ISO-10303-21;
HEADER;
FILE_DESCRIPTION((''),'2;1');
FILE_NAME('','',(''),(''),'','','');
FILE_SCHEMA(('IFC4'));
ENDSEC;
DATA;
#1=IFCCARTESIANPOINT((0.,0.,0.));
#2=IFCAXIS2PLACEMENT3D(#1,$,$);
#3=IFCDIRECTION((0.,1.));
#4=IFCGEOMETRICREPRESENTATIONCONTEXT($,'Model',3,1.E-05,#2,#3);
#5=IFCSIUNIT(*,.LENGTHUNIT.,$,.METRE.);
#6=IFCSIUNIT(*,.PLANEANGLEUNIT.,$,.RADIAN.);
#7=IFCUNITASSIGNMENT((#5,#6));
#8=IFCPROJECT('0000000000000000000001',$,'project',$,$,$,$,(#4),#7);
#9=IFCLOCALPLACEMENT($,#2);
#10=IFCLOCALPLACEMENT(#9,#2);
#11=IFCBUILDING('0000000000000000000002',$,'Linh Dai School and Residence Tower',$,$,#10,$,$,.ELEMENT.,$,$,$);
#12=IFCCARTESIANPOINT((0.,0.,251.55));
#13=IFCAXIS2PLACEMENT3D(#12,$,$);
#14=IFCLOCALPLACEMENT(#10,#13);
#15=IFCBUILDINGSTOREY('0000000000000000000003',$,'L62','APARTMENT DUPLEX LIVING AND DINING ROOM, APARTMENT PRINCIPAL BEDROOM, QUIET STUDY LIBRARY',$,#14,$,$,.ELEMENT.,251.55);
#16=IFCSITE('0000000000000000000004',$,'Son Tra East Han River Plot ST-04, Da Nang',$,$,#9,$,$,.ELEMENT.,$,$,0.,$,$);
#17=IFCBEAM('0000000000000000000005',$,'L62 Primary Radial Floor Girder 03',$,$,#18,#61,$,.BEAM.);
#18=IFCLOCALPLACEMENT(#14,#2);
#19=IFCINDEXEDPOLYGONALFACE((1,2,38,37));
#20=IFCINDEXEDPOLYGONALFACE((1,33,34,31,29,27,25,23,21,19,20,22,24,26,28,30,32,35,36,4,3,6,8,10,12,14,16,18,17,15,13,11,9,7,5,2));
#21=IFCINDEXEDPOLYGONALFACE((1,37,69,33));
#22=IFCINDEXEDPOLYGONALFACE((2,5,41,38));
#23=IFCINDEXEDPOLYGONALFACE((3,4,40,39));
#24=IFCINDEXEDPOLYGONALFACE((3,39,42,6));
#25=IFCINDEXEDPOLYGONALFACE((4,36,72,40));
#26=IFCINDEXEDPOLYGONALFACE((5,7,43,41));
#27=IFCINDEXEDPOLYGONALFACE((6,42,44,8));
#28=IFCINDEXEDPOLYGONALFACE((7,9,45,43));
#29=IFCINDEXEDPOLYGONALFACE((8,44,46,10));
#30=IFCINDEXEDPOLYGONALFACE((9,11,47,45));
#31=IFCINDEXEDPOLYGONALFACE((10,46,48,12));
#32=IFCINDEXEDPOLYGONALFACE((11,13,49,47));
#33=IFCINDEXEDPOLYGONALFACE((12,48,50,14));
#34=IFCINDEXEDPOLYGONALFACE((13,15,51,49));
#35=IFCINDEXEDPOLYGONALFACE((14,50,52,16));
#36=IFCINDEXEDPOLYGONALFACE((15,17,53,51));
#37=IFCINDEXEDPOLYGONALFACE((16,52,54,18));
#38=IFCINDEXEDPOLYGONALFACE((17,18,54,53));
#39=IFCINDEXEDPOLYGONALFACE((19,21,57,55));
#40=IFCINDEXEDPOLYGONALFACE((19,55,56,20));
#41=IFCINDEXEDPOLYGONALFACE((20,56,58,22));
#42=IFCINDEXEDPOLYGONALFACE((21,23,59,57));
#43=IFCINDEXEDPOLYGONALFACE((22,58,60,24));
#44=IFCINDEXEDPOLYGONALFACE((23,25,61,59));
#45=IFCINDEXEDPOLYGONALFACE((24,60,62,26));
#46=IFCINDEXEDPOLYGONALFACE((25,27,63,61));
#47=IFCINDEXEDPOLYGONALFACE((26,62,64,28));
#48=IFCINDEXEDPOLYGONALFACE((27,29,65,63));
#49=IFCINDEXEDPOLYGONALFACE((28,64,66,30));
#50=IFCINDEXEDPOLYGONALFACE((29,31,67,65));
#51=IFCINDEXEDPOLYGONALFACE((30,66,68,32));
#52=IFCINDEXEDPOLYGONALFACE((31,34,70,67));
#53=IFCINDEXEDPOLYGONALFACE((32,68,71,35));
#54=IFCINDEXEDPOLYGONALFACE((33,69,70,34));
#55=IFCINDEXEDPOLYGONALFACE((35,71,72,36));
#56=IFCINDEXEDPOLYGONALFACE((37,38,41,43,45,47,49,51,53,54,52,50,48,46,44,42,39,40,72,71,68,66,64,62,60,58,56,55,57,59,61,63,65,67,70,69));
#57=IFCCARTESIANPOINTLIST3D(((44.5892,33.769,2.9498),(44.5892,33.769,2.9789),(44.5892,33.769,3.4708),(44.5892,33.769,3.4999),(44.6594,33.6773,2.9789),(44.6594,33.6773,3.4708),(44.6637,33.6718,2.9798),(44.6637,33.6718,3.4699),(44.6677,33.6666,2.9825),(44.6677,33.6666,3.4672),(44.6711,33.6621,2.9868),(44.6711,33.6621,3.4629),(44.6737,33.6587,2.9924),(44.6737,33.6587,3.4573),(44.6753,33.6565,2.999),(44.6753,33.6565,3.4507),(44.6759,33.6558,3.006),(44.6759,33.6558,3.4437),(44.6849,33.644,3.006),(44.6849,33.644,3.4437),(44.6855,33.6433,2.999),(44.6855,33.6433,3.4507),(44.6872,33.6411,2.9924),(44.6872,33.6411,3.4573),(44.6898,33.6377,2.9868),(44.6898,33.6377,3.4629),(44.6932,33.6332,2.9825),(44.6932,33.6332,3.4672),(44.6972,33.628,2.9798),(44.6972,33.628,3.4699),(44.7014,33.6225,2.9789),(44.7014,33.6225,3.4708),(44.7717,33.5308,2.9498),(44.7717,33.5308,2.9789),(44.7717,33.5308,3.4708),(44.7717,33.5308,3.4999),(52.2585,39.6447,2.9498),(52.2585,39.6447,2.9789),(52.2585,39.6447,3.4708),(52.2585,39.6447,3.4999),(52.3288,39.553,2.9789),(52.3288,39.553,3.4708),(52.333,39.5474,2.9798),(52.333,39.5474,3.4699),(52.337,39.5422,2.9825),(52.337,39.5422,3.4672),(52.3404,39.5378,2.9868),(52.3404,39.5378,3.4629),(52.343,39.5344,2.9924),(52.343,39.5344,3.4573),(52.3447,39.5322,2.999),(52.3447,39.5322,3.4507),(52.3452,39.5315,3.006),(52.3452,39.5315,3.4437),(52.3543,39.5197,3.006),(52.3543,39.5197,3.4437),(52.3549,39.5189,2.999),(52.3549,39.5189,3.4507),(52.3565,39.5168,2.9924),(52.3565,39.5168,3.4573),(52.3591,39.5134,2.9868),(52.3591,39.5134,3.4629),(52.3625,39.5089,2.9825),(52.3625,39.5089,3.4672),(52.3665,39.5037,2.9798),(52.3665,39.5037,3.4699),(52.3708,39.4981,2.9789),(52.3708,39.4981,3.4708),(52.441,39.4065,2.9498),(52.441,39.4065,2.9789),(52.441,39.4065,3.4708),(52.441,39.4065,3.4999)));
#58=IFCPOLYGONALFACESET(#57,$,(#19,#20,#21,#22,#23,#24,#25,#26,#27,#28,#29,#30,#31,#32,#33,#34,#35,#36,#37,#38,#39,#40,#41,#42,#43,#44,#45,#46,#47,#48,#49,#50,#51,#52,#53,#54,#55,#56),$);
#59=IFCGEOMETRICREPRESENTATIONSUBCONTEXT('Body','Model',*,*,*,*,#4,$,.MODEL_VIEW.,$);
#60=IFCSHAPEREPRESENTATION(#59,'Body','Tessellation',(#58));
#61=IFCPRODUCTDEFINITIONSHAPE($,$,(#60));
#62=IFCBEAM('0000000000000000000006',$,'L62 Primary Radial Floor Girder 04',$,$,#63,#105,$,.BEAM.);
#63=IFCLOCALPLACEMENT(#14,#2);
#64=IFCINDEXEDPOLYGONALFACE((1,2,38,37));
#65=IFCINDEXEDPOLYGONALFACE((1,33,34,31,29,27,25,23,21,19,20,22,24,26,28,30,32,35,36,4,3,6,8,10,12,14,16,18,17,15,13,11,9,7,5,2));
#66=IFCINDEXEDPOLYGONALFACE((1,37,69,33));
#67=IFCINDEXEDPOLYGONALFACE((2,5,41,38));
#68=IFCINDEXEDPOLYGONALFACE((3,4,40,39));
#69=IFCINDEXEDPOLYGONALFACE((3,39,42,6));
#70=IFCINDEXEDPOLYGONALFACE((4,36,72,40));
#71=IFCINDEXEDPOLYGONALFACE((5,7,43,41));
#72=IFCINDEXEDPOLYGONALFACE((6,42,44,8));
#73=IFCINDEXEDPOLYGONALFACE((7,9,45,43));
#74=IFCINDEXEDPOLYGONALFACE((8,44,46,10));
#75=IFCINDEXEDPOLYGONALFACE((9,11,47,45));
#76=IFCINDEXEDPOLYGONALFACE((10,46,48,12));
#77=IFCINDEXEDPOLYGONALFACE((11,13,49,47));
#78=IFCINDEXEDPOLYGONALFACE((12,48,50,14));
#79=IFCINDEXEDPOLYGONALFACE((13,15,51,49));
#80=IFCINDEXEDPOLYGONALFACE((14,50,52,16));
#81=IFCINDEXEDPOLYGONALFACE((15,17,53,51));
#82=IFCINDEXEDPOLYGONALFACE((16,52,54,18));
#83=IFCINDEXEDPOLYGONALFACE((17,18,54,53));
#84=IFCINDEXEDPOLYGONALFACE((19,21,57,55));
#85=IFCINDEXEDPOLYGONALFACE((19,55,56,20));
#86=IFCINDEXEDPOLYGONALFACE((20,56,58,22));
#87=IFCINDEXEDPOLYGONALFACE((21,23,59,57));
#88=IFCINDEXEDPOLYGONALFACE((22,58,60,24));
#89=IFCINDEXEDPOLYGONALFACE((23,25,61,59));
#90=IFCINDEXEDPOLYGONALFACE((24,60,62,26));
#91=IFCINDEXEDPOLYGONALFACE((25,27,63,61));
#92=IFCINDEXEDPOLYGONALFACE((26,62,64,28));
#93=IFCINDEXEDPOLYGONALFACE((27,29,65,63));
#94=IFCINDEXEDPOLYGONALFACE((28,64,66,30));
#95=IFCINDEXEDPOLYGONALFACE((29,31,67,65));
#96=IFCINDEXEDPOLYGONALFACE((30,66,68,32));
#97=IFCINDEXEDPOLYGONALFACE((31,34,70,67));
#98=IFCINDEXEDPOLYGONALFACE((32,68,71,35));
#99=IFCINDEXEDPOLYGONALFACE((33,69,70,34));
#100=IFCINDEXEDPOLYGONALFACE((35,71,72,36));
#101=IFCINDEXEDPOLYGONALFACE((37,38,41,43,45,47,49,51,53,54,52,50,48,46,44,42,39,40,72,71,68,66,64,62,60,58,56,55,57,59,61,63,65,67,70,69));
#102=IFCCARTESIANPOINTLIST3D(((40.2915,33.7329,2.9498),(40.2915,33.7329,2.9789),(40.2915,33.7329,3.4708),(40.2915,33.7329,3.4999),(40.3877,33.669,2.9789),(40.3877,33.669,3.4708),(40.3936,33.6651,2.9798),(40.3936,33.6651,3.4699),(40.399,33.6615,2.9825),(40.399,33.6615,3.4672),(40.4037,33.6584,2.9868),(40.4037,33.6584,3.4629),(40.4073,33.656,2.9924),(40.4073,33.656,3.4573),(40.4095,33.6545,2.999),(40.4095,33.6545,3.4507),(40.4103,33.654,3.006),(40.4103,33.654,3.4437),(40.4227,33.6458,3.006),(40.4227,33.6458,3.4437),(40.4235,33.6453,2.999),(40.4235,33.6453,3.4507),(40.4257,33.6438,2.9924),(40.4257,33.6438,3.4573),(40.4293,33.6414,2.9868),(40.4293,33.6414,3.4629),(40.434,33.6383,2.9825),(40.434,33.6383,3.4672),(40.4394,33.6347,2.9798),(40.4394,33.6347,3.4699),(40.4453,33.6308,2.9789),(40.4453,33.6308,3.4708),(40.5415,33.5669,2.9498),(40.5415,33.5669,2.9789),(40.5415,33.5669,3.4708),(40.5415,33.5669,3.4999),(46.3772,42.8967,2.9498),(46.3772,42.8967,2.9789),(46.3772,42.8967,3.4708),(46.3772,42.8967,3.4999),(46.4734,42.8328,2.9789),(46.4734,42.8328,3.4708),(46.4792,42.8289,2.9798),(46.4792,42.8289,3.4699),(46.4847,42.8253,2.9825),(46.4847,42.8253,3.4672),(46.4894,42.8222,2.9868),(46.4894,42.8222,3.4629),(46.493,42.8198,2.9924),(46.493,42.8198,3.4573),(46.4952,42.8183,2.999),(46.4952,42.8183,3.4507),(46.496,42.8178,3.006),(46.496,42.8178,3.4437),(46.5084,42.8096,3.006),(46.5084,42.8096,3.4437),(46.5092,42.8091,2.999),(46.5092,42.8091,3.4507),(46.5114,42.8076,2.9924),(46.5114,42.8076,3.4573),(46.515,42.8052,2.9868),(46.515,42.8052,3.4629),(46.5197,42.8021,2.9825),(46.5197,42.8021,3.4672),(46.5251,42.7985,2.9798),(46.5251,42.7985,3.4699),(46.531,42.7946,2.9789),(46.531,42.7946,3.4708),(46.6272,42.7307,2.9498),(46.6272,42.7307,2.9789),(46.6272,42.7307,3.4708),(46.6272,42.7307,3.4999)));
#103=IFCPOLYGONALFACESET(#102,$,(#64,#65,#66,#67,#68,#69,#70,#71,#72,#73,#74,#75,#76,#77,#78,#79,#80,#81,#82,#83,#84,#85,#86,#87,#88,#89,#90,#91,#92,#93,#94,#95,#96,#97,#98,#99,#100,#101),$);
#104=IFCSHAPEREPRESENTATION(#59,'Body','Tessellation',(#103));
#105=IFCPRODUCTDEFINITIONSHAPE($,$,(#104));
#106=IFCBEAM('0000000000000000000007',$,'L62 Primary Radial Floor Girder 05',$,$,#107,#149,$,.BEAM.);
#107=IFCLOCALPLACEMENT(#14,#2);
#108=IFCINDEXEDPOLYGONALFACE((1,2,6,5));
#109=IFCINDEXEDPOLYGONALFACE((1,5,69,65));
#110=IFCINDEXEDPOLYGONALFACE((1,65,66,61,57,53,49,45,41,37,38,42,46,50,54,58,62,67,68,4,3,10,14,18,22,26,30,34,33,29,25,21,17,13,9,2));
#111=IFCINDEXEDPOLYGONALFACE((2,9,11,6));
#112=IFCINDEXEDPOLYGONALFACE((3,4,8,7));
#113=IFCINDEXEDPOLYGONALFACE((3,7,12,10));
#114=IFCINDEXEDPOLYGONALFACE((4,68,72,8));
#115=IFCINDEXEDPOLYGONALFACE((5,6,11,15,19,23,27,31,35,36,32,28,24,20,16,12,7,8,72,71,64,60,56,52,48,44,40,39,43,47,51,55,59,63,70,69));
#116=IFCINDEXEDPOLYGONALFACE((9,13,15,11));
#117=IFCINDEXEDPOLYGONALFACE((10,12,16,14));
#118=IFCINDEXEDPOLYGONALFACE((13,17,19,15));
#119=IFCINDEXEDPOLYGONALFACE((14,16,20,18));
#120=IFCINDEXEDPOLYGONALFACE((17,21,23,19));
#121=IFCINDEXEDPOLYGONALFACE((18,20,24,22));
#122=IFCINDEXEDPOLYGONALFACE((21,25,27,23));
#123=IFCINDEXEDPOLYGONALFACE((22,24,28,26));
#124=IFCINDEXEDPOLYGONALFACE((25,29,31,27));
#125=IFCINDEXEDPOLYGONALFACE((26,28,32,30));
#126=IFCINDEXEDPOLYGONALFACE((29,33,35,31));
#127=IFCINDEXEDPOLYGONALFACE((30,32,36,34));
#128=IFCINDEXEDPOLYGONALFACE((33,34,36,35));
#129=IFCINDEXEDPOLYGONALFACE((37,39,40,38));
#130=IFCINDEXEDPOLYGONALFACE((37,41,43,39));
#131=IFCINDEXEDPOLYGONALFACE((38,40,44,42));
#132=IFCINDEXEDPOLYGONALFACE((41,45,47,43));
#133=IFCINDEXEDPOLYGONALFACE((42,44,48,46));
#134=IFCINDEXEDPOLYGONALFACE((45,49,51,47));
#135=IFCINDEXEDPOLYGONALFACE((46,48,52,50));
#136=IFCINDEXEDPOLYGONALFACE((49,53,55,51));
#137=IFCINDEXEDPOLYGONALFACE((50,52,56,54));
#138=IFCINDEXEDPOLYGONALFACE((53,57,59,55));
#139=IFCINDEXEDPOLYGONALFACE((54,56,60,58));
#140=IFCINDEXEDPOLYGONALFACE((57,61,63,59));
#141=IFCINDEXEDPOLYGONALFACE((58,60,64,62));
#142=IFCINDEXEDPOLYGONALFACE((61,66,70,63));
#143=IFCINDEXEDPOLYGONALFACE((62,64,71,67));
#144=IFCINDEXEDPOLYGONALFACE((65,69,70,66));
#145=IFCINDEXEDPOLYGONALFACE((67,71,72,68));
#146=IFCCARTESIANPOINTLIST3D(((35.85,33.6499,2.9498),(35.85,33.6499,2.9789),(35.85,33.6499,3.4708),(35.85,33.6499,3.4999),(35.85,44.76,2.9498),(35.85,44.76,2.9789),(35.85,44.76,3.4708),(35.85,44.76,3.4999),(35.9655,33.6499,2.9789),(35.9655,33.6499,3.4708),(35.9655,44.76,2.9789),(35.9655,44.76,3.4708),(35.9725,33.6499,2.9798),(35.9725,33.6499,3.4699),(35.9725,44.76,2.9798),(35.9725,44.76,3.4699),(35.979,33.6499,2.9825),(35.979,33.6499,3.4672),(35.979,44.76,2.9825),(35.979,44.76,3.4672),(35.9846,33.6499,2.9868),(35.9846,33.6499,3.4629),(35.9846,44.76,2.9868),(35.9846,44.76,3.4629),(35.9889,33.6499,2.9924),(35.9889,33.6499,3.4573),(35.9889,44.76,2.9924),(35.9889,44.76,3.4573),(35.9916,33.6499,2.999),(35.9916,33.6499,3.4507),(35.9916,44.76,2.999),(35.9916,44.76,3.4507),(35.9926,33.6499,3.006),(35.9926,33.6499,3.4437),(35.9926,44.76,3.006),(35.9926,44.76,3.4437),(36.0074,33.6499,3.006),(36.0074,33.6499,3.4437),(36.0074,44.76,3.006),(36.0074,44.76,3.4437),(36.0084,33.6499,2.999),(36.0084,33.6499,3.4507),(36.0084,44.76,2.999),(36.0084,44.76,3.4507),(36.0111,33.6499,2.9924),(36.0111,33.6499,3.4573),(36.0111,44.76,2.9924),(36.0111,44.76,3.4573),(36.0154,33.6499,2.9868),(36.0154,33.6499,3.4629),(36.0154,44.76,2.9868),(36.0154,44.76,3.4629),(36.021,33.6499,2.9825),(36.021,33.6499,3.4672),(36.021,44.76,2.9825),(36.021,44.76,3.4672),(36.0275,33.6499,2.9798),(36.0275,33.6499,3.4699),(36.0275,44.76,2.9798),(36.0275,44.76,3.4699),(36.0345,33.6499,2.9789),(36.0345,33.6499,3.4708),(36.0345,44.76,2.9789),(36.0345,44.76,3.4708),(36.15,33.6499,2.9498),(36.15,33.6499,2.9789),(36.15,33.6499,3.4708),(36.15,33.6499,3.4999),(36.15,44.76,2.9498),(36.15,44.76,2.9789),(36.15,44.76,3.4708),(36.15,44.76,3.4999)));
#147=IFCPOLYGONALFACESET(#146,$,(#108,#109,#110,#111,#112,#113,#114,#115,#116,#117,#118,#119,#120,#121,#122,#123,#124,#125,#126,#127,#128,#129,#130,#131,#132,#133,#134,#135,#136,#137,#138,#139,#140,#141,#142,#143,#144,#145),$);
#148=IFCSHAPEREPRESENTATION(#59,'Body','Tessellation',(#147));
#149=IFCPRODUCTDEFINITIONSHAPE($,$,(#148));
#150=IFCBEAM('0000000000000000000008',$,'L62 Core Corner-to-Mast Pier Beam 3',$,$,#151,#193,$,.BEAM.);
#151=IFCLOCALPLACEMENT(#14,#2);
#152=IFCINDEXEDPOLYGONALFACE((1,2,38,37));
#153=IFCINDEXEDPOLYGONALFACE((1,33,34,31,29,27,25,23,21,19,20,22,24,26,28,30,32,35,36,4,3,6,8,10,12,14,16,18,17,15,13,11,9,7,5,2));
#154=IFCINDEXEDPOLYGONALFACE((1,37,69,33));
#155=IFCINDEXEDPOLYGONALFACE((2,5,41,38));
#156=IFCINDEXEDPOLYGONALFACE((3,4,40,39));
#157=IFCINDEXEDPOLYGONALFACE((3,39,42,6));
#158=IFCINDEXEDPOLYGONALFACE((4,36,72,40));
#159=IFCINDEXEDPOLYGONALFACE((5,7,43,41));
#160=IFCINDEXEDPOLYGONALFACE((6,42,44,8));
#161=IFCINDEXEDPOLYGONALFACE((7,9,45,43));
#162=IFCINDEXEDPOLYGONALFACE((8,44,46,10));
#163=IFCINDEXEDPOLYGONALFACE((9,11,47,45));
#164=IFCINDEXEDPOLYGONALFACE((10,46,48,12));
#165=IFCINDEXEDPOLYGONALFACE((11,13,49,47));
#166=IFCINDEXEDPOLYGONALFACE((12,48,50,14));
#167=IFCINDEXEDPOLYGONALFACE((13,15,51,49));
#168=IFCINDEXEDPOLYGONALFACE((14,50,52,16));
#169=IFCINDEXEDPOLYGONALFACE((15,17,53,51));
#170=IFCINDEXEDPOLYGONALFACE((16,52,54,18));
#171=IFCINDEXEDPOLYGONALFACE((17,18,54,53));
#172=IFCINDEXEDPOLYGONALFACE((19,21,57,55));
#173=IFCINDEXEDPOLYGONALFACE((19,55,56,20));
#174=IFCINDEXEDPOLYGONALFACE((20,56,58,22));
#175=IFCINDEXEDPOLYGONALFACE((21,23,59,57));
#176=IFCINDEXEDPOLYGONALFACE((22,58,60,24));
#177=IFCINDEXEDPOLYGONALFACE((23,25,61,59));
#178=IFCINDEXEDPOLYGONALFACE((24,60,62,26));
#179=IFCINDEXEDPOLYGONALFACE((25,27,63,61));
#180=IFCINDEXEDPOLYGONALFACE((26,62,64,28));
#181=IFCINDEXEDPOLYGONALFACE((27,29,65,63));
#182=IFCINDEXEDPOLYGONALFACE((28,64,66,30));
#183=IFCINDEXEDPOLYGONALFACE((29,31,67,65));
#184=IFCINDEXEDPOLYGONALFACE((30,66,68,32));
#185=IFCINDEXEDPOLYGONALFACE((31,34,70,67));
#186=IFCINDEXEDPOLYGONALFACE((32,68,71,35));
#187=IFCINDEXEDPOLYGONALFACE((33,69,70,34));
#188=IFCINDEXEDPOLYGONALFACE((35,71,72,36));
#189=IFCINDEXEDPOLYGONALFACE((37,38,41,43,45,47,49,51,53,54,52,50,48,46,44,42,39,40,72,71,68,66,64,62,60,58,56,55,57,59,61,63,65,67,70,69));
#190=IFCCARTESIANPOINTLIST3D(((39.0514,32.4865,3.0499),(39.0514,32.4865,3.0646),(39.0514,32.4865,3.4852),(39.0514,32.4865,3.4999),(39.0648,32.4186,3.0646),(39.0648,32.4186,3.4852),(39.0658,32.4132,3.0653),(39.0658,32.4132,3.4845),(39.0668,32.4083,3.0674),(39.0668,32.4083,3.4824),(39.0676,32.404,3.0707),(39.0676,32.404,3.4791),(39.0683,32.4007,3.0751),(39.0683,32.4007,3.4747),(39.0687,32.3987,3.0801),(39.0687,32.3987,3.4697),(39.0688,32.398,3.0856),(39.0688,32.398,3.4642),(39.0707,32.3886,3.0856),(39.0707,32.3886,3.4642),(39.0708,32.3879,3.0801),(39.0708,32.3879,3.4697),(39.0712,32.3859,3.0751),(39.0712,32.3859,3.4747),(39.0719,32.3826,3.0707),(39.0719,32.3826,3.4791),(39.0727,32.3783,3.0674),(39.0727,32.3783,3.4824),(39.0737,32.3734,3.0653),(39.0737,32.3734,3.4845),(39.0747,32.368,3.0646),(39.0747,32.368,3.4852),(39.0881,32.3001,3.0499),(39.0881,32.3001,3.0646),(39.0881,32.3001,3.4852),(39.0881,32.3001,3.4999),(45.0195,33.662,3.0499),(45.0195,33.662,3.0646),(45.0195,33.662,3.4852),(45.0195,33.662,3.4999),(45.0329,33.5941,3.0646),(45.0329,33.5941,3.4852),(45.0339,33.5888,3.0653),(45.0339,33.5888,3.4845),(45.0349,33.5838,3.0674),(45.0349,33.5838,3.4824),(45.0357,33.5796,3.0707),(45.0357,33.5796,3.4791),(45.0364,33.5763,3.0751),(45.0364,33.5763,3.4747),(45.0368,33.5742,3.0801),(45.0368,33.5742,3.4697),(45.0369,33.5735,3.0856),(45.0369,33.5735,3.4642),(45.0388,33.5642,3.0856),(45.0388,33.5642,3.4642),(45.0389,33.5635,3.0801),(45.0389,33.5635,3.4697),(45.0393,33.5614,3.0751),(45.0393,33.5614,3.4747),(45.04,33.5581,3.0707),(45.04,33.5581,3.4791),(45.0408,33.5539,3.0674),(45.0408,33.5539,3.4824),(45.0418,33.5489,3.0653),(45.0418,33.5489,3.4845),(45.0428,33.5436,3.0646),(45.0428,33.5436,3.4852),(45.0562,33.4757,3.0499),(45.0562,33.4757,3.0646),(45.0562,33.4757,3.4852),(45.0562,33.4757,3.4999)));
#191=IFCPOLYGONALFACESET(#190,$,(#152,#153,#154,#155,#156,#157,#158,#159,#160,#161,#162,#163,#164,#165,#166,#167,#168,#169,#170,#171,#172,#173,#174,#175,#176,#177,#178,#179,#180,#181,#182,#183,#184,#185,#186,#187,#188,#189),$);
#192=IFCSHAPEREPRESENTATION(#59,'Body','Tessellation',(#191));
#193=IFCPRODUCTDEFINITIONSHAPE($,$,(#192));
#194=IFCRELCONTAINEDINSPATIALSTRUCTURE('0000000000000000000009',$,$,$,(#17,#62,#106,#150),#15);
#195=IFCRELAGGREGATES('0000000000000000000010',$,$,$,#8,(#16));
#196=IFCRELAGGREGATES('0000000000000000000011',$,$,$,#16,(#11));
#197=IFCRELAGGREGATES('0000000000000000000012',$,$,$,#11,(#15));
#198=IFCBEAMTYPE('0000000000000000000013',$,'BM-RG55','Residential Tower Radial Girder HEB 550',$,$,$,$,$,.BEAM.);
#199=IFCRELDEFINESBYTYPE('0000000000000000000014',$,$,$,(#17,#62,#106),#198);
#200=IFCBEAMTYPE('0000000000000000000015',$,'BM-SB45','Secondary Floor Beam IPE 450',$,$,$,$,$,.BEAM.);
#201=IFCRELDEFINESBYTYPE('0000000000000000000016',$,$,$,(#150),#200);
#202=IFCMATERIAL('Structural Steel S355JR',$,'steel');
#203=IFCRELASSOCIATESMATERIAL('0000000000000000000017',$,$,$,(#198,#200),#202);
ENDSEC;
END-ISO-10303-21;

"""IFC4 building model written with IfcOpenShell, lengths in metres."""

from ifc_helpers import new_model, si_unit, direction, frame, origin, origin_2d, place, context, subcontext, project, spatial, i_section, extrude, material, material_profile, profile_set, type_object, element, save


model = new_model("IFC4")

# Units and contexts
model_context = context("Model", 3, precision=1e-05, world=origin(), true_north=direction((0.0, 1.0)))
body_context = subcontext(model_context, "Body", "Model", "MODEL_VIEW")
ifc_project = project(units=[si_unit("LENGTHUNIT", "METRE"), si_unit("PLANEANGLEUNIT", "RADIAN")], contexts=[model_context])

# Site, building, storey
site_placement = place(None, origin())
site = spatial("IfcSite", under=ifc_project, at=site_placement, Name="Son Tra East Han River Plot ST-04, Da Nang", CompositionType="ELEMENT", RefElevation=0.0)
building_placement = place(site_placement, origin())
building = spatial("IfcBuilding", under=site, at=building_placement, Name="Linh Dai School and Residence Tower", CompositionType="ELEMENT")
storey_placement = place(building_placement, frame((0.0, 0.0, 251.55)))
storey = spatial("IfcBuildingStorey", under=building, at=storey_placement, Name="L62", Description="APARTMENT DUPLEX LIVING AND DINING ROOM, APARTMENT PRINCIPAL BEDROOM, QUIET STUDY LIBRARY", CompositionType="ELEMENT", Elevation=251.55)

# Shared definitions
ifc_material_1 = material(Name="Structural Steel S355JR", Category="steel")

# Beams
ifc_material_profile_1 = material_profile(ifc_material_1, i_section(OverallWidth=0.3, OverallDepth=0.55, WebThickness=0.0149, FlangeThickness=0.0291, FilletRadius=0.0271, at=origin_2d()), Name="HEB 550")
ifc_profile_set_1 = profile_set([ifc_material_profile_1], Name="Structural Steel S355JR")
beam_type_1 = type_object("IfcBeamType", Name="BM-RG55", Description="Residential Tower Radial Girder HEB 550", PredefinedType="BEAM", material=ifc_profile_set_1)
beam_1_placement = place(storey_placement, frame((44.6804, 33.6499, 3.2249), z_axis=(0.793815, 0.60816, 0.0), x_axis=(-0.60816, 0.793815, 0.0)))
element("IfcBeam", 1, at=beam_1_placement, inside=storey, type_object=beam_type_1, Name="L62 Primary Radial Floor Girder 03", PredefinedType="BEAM", context=body_context, shape_type="SweptSolid", body=[
    extrude(i_section(OverallWidth=0.3, OverallDepth=0.55, WebThickness=0.0149, FlangeThickness=0.0291, FilletRadius=0.0271, at=origin_2d()), origin(), (0.0, 0.0, 1.0), 9.6614),
])
beam_2_placement = place(storey_placement, frame((40.4165, 33.6499, 3.2249), z_axis=(0.553219, 0.833036, 0.0), x_axis=(-0.833036, 0.553219, 0.0)))
element("IfcBeam", 2, at=beam_2_placement, inside=storey, type_object=beam_type_1, Name="L62 Primary Radial Floor Girder 04", PredefinedType="BEAM", context=body_context, shape_type="SweptSolid", body=[
    extrude(i_section(OverallWidth=0.3, OverallDepth=0.55, WebThickness=0.0149, FlangeThickness=0.0291, FilletRadius=0.0271, at=origin_2d()), origin(), (0.0, 0.0, 1.0), 11.0005),
])
beam_3_placement = place(storey_placement, frame((36.0, 33.6499, 3.2249), z_axis=(0.0, 1.0, 0.0), x_axis=(-1.0, 0.0, 0.0)))
element("IfcBeam", 3, at=beam_3_placement, inside=storey, type_object=beam_type_1, Name="L62 Primary Radial Floor Girder 05", PredefinedType="BEAM", context=body_context, shape_type="SweptSolid", body=[
    extrude(i_section(OverallWidth=0.3, OverallDepth=0.55, WebThickness=0.0149, FlangeThickness=0.0291, FilletRadius=0.0271, at=origin_2d()), origin(), (0.0, 0.0, 1.0), 11.1101),
])
ifc_material_profile_2 = material_profile(ifc_material_1, i_section(OverallWidth=0.1899, OverallDepth=0.45, WebThickness=0.0095, FlangeThickness=0.0146, FilletRadius=0.021, at=origin_2d()), Name="IPE 450")
ifc_profile_set_2 = profile_set([ifc_material_profile_2], Name="Structural Steel S355JR")
beam_type_2 = type_object("IfcBeamType", Name="BM-SB45", Description="Secondary Floor Beam IPE 450", PredefinedType="BEAM", material=ifc_profile_set_2)
beam_4_placement = place(storey_placement, frame((45.0378, 33.5688, 3.2749), z_axis=(-0.981148, -0.193259, 0.0), x_axis=(0.193259, -0.981148, 0.0)))
element("IfcBeam", 4, at=beam_4_placement, inside=storey, type_object=beam_type_2, Name="L62 Core Corner-to-Mast Pier Beam 3", PredefinedType="BEAM", context=body_context, shape_type="SweptSolid", body=[
    extrude(i_section(OverallWidth=0.1899, OverallDepth=0.45, WebThickness=0.0095, FlangeThickness=0.0146, FilletRadius=0.021, at=origin_2d()), origin(), (0.0, 0.0, 1.0), 6.0828),
])

save(model, "model.ifc")
